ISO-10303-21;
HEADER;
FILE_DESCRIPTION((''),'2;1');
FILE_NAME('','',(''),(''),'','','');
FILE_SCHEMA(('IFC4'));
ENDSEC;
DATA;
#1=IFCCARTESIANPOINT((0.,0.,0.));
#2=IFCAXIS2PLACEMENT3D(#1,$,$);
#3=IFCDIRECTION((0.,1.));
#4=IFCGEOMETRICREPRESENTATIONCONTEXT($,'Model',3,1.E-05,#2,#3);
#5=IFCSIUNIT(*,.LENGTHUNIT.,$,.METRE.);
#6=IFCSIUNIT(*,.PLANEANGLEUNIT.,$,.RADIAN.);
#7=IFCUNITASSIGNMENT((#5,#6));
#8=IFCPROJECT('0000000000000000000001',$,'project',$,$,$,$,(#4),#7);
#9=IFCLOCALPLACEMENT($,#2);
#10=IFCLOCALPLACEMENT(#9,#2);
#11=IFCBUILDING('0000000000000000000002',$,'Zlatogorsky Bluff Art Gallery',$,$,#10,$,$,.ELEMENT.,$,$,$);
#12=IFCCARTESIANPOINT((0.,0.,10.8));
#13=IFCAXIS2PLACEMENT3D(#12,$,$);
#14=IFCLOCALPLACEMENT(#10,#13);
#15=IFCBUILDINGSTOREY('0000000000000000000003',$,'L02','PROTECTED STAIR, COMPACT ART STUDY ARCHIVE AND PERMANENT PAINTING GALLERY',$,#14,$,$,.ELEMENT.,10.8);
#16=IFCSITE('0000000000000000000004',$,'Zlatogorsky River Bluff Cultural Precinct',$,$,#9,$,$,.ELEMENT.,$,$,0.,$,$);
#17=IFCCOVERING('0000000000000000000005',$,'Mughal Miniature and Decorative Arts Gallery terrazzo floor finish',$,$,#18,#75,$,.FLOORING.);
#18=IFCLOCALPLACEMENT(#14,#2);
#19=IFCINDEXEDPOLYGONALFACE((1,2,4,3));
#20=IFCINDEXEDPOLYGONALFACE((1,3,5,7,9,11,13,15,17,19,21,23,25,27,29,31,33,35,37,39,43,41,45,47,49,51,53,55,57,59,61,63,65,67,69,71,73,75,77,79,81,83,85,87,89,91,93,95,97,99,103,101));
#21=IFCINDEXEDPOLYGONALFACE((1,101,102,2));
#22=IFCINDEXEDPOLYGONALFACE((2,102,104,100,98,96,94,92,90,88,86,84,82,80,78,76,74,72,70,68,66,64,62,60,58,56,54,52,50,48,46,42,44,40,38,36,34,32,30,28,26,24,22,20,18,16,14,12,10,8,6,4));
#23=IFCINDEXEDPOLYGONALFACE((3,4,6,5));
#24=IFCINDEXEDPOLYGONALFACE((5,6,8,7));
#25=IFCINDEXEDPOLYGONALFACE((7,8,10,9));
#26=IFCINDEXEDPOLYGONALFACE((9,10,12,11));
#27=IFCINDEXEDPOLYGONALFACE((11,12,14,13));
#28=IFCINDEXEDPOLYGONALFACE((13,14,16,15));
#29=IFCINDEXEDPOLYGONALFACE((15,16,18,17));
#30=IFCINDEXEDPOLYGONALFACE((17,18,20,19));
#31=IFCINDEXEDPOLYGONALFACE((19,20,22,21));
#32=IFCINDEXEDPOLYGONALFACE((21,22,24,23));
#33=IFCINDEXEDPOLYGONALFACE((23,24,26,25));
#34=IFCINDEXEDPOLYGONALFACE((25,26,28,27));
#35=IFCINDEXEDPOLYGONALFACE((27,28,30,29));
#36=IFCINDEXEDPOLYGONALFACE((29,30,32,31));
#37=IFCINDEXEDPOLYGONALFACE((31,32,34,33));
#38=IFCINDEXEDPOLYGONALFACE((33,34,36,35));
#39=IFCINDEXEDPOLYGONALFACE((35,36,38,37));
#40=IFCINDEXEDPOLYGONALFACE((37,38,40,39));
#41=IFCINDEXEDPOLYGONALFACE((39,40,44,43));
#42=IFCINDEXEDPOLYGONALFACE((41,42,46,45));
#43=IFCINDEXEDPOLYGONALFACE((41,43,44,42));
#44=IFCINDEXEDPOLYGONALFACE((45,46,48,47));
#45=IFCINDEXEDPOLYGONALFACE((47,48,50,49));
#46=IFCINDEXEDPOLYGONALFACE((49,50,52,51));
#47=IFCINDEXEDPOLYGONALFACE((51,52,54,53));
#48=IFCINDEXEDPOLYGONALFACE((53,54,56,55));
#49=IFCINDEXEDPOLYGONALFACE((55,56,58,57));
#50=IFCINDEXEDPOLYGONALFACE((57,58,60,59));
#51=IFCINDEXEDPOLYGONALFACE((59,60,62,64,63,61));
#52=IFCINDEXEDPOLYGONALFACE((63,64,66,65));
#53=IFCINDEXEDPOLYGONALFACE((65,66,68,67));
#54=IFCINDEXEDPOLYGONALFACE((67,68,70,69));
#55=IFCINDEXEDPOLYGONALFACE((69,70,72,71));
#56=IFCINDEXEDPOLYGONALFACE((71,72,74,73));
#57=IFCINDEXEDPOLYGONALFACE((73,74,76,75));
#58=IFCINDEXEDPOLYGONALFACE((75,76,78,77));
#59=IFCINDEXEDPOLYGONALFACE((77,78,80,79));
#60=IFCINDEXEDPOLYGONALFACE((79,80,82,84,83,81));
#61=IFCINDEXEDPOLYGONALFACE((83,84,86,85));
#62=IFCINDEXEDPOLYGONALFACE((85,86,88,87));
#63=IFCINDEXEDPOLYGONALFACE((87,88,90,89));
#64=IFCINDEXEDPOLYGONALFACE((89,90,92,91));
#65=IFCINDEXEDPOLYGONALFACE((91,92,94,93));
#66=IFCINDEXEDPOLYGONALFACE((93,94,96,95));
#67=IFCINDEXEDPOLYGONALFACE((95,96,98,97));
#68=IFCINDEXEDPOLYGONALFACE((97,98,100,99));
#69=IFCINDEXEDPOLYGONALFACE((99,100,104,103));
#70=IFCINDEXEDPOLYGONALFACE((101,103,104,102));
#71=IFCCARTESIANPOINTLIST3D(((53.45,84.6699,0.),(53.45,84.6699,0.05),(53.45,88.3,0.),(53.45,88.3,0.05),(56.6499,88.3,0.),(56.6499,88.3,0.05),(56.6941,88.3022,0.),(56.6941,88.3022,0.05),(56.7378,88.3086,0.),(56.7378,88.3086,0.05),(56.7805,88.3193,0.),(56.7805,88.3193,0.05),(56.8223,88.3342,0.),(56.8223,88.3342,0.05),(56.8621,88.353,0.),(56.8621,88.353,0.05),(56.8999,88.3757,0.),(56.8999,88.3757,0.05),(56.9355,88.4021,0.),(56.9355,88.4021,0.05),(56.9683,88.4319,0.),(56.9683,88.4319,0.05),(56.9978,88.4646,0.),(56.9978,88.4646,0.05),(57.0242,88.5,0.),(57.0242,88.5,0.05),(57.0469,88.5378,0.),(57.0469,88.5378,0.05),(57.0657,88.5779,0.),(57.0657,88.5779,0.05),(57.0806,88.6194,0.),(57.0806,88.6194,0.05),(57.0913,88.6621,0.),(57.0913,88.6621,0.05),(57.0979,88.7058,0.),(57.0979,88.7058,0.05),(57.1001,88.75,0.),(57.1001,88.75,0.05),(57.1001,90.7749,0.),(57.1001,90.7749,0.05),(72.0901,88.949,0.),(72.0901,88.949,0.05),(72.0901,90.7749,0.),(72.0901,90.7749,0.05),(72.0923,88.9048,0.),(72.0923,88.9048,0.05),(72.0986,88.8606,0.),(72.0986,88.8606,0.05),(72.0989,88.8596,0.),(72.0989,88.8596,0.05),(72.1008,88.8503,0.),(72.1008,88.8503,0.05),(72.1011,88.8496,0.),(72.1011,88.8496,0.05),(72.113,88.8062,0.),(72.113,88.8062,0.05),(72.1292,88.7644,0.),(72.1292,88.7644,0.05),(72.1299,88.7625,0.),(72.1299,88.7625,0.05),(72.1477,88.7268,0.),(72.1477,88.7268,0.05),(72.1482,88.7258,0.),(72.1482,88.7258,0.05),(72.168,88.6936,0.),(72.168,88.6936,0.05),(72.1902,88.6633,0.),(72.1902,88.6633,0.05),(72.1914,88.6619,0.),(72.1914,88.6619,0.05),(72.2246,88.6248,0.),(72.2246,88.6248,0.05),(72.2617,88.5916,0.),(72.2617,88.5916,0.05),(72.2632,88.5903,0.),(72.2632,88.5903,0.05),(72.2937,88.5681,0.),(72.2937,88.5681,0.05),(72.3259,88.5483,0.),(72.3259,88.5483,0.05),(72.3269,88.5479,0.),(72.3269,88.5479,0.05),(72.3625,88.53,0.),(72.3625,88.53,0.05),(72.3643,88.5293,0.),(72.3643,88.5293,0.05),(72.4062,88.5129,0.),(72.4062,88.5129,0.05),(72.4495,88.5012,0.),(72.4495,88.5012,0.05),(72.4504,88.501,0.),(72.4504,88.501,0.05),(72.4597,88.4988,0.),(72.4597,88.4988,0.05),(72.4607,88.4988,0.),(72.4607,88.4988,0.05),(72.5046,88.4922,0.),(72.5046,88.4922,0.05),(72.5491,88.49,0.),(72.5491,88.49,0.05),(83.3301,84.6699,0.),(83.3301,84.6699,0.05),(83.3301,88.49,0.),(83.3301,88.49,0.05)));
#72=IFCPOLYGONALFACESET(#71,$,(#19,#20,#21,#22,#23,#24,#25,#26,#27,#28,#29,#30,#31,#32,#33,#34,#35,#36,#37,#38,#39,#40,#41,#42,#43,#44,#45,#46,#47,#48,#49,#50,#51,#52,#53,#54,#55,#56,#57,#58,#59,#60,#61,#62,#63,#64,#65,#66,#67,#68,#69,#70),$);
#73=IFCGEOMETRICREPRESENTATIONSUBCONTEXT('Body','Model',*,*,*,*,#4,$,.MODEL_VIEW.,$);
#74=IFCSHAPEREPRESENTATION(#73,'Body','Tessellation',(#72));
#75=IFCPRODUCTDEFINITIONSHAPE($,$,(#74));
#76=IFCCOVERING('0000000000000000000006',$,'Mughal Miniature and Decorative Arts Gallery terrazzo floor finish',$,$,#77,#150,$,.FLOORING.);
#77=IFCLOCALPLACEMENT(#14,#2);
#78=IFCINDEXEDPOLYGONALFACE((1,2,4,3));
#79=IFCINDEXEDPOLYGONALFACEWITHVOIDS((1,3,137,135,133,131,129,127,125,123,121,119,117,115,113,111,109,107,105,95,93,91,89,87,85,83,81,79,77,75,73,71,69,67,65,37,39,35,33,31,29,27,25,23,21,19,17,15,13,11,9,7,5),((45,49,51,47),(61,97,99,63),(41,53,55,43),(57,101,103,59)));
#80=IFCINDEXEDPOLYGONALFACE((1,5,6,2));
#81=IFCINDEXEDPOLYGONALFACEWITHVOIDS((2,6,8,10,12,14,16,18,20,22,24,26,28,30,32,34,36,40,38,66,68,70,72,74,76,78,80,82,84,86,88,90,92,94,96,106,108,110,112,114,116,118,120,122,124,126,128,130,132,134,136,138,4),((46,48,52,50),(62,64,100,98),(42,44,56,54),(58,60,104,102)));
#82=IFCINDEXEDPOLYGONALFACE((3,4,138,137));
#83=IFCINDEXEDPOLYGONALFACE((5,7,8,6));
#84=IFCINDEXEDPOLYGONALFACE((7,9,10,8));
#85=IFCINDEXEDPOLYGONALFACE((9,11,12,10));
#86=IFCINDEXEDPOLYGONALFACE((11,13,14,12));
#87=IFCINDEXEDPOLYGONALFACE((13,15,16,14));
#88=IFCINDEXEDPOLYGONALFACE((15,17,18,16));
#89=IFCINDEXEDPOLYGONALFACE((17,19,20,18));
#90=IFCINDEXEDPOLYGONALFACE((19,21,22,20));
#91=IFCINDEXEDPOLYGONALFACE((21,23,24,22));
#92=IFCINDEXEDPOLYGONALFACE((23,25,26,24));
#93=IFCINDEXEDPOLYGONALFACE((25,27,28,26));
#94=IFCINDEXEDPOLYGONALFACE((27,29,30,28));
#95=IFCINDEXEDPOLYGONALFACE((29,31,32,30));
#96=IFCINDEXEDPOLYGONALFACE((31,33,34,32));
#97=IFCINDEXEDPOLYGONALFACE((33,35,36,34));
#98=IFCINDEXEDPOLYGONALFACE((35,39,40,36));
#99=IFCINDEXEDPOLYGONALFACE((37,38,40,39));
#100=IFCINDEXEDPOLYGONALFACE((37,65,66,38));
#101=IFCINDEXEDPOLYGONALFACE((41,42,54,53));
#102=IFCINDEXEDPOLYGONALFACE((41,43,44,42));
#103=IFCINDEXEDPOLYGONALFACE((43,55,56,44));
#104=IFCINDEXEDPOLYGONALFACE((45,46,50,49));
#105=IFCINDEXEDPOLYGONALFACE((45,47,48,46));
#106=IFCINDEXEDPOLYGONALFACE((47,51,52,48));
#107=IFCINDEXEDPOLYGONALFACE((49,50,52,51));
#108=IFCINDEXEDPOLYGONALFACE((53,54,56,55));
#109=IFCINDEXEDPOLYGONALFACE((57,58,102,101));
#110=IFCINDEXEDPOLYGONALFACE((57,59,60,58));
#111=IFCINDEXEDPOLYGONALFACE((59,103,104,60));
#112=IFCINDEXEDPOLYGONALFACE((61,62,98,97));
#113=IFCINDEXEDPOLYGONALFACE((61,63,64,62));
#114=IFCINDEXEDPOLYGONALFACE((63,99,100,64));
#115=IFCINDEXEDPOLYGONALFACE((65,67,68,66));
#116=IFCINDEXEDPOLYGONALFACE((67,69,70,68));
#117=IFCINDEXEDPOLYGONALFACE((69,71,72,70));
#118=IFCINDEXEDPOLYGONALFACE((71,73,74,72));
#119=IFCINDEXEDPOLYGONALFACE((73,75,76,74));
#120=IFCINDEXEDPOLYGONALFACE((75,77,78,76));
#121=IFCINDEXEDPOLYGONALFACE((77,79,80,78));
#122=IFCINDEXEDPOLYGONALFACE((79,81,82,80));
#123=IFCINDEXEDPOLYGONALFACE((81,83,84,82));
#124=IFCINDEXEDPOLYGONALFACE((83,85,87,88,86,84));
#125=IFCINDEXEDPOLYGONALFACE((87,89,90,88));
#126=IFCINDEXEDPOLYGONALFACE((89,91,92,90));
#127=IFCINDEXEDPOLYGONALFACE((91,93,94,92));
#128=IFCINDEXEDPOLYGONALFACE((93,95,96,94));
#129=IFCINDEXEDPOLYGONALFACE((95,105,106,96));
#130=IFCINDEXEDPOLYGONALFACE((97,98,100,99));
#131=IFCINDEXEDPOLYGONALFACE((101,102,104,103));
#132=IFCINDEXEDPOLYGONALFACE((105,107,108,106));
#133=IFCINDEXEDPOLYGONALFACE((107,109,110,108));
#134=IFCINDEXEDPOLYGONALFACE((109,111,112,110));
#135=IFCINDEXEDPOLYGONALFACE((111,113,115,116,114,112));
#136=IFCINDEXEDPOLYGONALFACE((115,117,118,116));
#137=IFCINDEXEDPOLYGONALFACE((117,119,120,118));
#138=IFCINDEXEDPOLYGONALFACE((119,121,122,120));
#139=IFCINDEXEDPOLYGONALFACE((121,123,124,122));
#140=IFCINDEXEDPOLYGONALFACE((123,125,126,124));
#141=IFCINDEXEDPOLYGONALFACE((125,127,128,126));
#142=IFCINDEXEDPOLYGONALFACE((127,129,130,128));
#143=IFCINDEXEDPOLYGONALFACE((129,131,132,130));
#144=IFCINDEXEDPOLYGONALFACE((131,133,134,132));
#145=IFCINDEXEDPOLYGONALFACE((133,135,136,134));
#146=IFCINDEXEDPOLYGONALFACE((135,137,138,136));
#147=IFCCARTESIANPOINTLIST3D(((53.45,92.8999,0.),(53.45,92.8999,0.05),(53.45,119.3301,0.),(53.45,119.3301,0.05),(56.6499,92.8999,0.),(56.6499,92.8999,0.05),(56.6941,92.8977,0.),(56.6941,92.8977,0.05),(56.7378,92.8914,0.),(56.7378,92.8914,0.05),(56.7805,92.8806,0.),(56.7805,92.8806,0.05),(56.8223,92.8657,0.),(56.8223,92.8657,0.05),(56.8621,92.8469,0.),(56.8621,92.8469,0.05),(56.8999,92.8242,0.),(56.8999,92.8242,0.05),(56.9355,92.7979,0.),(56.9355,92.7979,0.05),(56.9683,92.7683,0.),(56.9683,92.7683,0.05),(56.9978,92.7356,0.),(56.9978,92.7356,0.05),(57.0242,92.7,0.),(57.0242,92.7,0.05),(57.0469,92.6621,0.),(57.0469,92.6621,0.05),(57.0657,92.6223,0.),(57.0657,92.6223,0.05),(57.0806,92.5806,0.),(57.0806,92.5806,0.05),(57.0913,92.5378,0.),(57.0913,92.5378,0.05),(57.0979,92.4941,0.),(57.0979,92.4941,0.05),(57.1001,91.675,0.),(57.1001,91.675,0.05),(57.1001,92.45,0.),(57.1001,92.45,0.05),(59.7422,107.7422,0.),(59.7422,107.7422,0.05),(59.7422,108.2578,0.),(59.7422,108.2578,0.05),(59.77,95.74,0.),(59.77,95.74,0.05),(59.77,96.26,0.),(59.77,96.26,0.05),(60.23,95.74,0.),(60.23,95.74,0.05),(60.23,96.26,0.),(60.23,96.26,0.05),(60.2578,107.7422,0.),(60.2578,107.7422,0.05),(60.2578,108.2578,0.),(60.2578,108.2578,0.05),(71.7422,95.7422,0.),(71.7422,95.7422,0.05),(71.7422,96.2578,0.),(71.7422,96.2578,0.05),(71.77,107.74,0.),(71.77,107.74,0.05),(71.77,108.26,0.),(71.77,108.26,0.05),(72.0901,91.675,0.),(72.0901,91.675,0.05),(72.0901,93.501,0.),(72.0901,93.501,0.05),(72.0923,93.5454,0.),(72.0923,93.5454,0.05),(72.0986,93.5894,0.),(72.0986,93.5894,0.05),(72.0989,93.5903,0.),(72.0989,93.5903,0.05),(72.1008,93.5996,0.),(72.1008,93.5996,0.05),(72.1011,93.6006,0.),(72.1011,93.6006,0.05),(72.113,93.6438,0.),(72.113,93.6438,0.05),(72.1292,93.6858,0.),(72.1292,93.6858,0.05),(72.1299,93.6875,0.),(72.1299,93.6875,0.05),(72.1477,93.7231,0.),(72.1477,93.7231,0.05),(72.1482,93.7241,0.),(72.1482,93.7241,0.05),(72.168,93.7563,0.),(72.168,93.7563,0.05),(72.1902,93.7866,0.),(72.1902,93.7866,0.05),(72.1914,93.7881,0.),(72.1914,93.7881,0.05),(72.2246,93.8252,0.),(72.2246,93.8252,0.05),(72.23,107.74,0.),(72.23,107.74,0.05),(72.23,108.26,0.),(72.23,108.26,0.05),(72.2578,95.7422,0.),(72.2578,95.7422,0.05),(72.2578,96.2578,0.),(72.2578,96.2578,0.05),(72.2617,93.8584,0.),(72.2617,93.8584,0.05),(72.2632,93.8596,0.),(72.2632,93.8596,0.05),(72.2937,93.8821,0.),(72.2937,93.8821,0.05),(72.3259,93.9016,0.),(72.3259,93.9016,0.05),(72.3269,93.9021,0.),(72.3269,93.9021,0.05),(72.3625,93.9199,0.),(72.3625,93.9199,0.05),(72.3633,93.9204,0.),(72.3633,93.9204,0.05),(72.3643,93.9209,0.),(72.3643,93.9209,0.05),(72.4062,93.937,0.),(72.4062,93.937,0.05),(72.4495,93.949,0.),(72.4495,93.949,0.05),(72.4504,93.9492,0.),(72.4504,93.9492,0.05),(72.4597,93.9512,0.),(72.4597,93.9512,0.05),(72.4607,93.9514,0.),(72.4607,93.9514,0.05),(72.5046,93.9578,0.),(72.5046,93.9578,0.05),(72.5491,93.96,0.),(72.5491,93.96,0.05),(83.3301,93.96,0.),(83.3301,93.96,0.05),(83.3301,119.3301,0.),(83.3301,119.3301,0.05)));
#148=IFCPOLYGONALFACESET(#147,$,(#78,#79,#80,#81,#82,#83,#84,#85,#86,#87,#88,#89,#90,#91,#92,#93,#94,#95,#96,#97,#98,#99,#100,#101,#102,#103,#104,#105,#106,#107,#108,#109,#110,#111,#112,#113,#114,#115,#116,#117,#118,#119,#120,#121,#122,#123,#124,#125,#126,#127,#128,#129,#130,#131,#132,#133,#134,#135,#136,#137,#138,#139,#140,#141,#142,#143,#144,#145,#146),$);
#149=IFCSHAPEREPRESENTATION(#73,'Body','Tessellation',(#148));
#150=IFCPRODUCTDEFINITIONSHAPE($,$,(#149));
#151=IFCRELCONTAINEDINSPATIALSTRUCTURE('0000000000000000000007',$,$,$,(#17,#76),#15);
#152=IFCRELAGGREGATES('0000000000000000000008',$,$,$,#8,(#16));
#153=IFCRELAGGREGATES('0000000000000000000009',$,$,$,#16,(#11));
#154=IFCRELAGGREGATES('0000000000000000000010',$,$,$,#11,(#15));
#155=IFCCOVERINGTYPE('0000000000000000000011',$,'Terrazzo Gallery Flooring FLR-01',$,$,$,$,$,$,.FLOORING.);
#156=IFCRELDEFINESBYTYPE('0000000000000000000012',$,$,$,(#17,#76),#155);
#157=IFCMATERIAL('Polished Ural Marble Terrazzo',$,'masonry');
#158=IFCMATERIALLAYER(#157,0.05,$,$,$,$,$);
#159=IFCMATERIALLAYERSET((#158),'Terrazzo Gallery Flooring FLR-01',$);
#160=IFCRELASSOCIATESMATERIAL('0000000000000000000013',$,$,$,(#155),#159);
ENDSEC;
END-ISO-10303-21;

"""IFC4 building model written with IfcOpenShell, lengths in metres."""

from ifc_helpers import new_model, si_unit, direction, frame, origin, place, context, subcontext, project, spatial, polyline, outline, extrude, material, layer, layer_set, type_object, element, save


model = new_model("IFC4")

# Units and contexts
model_context = context("Model", 3, precision=1e-05, world=origin(), true_north=direction((0.0, 1.0)))
body_context = subcontext(model_context, "Body", "Model", "MODEL_VIEW")
ifc_project = project(units=[si_unit("LENGTHUNIT", "METRE"), si_unit("PLANEANGLEUNIT", "RADIAN")], contexts=[model_context])

# Site, building, storey
site_placement = place(None, origin())
site = spatial("IfcSite", under=ifc_project, at=site_placement, Name="Zlatogorsky River Bluff Cultural Precinct", CompositionType="ELEMENT", RefElevation=0.0)
building_placement = place(site_placement, origin())
building = spatial("IfcBuilding", under=site, at=building_placement, Name="Zlatogorsky Bluff Art Gallery", CompositionType="ELEMENT")
storey_placement = place(building_placement, frame((0.0, 0.0, 10.8)))
storey = spatial("IfcBuildingStorey", under=building, at=storey_placement, Name="L02", Description="PROTECTED STAIR, COMPACT ART STUDY ARCHIVE AND PERMANENT PAINTING GALLERY", CompositionType="ELEMENT", Elevation=10.8)

# Coverings
ifc_material_1 = material(Name="Polished Ural Marble Terrazzo", Category="masonry")
ifc_layer_1 = layer(ifc_material_1, 0.05)
ifc_layer_set_1 = layer_set([ifc_layer_1], Name="Terrazzo Gallery Flooring FLR-01")
covering_type_1 = type_object("IfcCoveringType", Name="Terrazzo Gallery Flooring FLR-01", PredefinedType="FLOORING", material=ifc_layer_set_1)
covering_1_placement = place(storey_placement, origin())
element("IfcCovering", 1, at=covering_1_placement, inside=storey, type_object=covering_type_1, Name="Mughal Miniature and Decorative Arts Gallery terrazzo floor finish", PredefinedType="FLOORING", context=body_context, shape_type="SweptSolid", body=[
    extrude(outline(polyline([(56.6499, 88.3), (56.6941, 88.3022), (56.7378, 88.3086), (56.7805, 88.3193), (56.8223, 88.3342), (56.8621, 88.353), (56.8999, 88.3757), (56.9355, 88.4021), (56.9683, 88.4319), (56.9978, 88.4646), (57.0242, 88.5), (57.0469, 88.5378), (57.0657, 88.5779), (57.0806, 88.6194), (57.0913, 88.6621), (57.0979, 88.7058), (57.1001, 88.75), (57.1001, 90.7749), (72.0901, 90.7749), (72.0901, 88.949), (72.0923, 88.9048), (72.0986, 88.8606), (72.0989, 88.8596), (72.1008, 88.8503), (72.1011, 88.8496), (72.113, 88.8062), (72.1292, 88.7644), (72.1299, 88.7625), (72.1477, 88.7268), (72.1482, 88.7258), (72.168, 88.6936), (72.1902, 88.6633), (72.1914, 88.6619), (72.2246, 88.6248), (72.2617, 88.5916), (72.2632, 88.5903), (72.2937, 88.5681), (72.3259, 88.5483), (72.3269, 88.5479), (72.3625, 88.53), (72.3643, 88.5293), (72.4062, 88.5129), (72.4495, 88.5012), (72.4504, 88.501), (72.4597, 88.4988), (72.4607, 88.4988), (72.5046, 88.4922), (72.5491, 88.49), (83.3301, 88.49), (83.3301, 84.6699), (53.45, 84.6699), (53.45, 88.3), (56.6499, 88.3)])), origin(), (0.0, 0.0, 1.0), 0.05),
])
covering_2_placement = place(storey_placement, origin())
element("IfcCovering", 2, at=covering_2_placement, inside=storey, type_object=covering_type_1, Name="Mughal Miniature and Decorative Arts Gallery terrazzo floor finish", PredefinedType="FLOORING", context=body_context, shape_type="SweptSolid", body=[
    extrude(outline(polyline([(53.45, 119.3301), (83.3301, 119.3301), (83.3301, 93.96), (72.5491, 93.96), (72.5046, 93.9578), (72.4607, 93.9514), (72.4597, 93.9512), (72.4504, 93.9492), (72.4495, 93.949), (72.4062, 93.937), (72.3643, 93.9209), (72.3633, 93.9204), (72.3625, 93.9199), (72.3269, 93.9021), (72.3259, 93.9016), (72.2937, 93.8821), (72.2632, 93.8596), (72.2617, 93.8584), (72.2246, 93.8252), (72.1914, 93.7881), (72.1902, 93.7866), (72.168, 93.7563), (72.1482, 93.7241), (72.1477, 93.7231), (72.1299, 93.6875), (72.1292, 93.6858), (72.113, 93.6438), (72.1011, 93.6006), (72.1008, 93.5996), (72.0989, 93.5903), (72.0986, 93.5894), (72.0923, 93.5454), (72.0901, 93.501), (72.0901, 91.675), (57.1001, 91.675), (57.1001, 92.45), (57.0979, 92.4941), (57.0913, 92.5378), (57.0806, 92.5806), (57.0657, 92.6223), (57.0469, 92.6621), (57.0242, 92.7), (56.9978, 92.7356), (56.9683, 92.7683), (56.9355, 92.7979), (56.8999, 92.8242), (56.8621, 92.8469), (56.8223, 92.8657), (56.7805, 92.8806), (56.7378, 92.8914), (56.6941, 92.8977), (56.6499, 92.8999), (53.45, 92.8999), (53.45, 119.3301)]), holes=[polyline([(59.77, 95.74), (60.23, 95.74), (60.23, 96.26), (59.77, 96.26), (59.77, 95.74)]), polyline([(72.2578, 95.7422), (72.2578, 96.2578), (71.7422, 96.2578), (71.7422, 95.7422), (72.2578, 95.7422)]), polyline([(71.77, 107.74), (72.23, 107.74), (72.23, 108.26), (71.77, 108.26), (71.77, 107.74)]), polyline([(59.7422, 107.7422), (60.2578, 107.7422), (60.2578, 108.2578), (59.7422, 108.2578), (59.7422, 107.7422)])]), origin(), (0.0, 0.0, 1.0), 0.05),
])

save(model, "model.ifc")
